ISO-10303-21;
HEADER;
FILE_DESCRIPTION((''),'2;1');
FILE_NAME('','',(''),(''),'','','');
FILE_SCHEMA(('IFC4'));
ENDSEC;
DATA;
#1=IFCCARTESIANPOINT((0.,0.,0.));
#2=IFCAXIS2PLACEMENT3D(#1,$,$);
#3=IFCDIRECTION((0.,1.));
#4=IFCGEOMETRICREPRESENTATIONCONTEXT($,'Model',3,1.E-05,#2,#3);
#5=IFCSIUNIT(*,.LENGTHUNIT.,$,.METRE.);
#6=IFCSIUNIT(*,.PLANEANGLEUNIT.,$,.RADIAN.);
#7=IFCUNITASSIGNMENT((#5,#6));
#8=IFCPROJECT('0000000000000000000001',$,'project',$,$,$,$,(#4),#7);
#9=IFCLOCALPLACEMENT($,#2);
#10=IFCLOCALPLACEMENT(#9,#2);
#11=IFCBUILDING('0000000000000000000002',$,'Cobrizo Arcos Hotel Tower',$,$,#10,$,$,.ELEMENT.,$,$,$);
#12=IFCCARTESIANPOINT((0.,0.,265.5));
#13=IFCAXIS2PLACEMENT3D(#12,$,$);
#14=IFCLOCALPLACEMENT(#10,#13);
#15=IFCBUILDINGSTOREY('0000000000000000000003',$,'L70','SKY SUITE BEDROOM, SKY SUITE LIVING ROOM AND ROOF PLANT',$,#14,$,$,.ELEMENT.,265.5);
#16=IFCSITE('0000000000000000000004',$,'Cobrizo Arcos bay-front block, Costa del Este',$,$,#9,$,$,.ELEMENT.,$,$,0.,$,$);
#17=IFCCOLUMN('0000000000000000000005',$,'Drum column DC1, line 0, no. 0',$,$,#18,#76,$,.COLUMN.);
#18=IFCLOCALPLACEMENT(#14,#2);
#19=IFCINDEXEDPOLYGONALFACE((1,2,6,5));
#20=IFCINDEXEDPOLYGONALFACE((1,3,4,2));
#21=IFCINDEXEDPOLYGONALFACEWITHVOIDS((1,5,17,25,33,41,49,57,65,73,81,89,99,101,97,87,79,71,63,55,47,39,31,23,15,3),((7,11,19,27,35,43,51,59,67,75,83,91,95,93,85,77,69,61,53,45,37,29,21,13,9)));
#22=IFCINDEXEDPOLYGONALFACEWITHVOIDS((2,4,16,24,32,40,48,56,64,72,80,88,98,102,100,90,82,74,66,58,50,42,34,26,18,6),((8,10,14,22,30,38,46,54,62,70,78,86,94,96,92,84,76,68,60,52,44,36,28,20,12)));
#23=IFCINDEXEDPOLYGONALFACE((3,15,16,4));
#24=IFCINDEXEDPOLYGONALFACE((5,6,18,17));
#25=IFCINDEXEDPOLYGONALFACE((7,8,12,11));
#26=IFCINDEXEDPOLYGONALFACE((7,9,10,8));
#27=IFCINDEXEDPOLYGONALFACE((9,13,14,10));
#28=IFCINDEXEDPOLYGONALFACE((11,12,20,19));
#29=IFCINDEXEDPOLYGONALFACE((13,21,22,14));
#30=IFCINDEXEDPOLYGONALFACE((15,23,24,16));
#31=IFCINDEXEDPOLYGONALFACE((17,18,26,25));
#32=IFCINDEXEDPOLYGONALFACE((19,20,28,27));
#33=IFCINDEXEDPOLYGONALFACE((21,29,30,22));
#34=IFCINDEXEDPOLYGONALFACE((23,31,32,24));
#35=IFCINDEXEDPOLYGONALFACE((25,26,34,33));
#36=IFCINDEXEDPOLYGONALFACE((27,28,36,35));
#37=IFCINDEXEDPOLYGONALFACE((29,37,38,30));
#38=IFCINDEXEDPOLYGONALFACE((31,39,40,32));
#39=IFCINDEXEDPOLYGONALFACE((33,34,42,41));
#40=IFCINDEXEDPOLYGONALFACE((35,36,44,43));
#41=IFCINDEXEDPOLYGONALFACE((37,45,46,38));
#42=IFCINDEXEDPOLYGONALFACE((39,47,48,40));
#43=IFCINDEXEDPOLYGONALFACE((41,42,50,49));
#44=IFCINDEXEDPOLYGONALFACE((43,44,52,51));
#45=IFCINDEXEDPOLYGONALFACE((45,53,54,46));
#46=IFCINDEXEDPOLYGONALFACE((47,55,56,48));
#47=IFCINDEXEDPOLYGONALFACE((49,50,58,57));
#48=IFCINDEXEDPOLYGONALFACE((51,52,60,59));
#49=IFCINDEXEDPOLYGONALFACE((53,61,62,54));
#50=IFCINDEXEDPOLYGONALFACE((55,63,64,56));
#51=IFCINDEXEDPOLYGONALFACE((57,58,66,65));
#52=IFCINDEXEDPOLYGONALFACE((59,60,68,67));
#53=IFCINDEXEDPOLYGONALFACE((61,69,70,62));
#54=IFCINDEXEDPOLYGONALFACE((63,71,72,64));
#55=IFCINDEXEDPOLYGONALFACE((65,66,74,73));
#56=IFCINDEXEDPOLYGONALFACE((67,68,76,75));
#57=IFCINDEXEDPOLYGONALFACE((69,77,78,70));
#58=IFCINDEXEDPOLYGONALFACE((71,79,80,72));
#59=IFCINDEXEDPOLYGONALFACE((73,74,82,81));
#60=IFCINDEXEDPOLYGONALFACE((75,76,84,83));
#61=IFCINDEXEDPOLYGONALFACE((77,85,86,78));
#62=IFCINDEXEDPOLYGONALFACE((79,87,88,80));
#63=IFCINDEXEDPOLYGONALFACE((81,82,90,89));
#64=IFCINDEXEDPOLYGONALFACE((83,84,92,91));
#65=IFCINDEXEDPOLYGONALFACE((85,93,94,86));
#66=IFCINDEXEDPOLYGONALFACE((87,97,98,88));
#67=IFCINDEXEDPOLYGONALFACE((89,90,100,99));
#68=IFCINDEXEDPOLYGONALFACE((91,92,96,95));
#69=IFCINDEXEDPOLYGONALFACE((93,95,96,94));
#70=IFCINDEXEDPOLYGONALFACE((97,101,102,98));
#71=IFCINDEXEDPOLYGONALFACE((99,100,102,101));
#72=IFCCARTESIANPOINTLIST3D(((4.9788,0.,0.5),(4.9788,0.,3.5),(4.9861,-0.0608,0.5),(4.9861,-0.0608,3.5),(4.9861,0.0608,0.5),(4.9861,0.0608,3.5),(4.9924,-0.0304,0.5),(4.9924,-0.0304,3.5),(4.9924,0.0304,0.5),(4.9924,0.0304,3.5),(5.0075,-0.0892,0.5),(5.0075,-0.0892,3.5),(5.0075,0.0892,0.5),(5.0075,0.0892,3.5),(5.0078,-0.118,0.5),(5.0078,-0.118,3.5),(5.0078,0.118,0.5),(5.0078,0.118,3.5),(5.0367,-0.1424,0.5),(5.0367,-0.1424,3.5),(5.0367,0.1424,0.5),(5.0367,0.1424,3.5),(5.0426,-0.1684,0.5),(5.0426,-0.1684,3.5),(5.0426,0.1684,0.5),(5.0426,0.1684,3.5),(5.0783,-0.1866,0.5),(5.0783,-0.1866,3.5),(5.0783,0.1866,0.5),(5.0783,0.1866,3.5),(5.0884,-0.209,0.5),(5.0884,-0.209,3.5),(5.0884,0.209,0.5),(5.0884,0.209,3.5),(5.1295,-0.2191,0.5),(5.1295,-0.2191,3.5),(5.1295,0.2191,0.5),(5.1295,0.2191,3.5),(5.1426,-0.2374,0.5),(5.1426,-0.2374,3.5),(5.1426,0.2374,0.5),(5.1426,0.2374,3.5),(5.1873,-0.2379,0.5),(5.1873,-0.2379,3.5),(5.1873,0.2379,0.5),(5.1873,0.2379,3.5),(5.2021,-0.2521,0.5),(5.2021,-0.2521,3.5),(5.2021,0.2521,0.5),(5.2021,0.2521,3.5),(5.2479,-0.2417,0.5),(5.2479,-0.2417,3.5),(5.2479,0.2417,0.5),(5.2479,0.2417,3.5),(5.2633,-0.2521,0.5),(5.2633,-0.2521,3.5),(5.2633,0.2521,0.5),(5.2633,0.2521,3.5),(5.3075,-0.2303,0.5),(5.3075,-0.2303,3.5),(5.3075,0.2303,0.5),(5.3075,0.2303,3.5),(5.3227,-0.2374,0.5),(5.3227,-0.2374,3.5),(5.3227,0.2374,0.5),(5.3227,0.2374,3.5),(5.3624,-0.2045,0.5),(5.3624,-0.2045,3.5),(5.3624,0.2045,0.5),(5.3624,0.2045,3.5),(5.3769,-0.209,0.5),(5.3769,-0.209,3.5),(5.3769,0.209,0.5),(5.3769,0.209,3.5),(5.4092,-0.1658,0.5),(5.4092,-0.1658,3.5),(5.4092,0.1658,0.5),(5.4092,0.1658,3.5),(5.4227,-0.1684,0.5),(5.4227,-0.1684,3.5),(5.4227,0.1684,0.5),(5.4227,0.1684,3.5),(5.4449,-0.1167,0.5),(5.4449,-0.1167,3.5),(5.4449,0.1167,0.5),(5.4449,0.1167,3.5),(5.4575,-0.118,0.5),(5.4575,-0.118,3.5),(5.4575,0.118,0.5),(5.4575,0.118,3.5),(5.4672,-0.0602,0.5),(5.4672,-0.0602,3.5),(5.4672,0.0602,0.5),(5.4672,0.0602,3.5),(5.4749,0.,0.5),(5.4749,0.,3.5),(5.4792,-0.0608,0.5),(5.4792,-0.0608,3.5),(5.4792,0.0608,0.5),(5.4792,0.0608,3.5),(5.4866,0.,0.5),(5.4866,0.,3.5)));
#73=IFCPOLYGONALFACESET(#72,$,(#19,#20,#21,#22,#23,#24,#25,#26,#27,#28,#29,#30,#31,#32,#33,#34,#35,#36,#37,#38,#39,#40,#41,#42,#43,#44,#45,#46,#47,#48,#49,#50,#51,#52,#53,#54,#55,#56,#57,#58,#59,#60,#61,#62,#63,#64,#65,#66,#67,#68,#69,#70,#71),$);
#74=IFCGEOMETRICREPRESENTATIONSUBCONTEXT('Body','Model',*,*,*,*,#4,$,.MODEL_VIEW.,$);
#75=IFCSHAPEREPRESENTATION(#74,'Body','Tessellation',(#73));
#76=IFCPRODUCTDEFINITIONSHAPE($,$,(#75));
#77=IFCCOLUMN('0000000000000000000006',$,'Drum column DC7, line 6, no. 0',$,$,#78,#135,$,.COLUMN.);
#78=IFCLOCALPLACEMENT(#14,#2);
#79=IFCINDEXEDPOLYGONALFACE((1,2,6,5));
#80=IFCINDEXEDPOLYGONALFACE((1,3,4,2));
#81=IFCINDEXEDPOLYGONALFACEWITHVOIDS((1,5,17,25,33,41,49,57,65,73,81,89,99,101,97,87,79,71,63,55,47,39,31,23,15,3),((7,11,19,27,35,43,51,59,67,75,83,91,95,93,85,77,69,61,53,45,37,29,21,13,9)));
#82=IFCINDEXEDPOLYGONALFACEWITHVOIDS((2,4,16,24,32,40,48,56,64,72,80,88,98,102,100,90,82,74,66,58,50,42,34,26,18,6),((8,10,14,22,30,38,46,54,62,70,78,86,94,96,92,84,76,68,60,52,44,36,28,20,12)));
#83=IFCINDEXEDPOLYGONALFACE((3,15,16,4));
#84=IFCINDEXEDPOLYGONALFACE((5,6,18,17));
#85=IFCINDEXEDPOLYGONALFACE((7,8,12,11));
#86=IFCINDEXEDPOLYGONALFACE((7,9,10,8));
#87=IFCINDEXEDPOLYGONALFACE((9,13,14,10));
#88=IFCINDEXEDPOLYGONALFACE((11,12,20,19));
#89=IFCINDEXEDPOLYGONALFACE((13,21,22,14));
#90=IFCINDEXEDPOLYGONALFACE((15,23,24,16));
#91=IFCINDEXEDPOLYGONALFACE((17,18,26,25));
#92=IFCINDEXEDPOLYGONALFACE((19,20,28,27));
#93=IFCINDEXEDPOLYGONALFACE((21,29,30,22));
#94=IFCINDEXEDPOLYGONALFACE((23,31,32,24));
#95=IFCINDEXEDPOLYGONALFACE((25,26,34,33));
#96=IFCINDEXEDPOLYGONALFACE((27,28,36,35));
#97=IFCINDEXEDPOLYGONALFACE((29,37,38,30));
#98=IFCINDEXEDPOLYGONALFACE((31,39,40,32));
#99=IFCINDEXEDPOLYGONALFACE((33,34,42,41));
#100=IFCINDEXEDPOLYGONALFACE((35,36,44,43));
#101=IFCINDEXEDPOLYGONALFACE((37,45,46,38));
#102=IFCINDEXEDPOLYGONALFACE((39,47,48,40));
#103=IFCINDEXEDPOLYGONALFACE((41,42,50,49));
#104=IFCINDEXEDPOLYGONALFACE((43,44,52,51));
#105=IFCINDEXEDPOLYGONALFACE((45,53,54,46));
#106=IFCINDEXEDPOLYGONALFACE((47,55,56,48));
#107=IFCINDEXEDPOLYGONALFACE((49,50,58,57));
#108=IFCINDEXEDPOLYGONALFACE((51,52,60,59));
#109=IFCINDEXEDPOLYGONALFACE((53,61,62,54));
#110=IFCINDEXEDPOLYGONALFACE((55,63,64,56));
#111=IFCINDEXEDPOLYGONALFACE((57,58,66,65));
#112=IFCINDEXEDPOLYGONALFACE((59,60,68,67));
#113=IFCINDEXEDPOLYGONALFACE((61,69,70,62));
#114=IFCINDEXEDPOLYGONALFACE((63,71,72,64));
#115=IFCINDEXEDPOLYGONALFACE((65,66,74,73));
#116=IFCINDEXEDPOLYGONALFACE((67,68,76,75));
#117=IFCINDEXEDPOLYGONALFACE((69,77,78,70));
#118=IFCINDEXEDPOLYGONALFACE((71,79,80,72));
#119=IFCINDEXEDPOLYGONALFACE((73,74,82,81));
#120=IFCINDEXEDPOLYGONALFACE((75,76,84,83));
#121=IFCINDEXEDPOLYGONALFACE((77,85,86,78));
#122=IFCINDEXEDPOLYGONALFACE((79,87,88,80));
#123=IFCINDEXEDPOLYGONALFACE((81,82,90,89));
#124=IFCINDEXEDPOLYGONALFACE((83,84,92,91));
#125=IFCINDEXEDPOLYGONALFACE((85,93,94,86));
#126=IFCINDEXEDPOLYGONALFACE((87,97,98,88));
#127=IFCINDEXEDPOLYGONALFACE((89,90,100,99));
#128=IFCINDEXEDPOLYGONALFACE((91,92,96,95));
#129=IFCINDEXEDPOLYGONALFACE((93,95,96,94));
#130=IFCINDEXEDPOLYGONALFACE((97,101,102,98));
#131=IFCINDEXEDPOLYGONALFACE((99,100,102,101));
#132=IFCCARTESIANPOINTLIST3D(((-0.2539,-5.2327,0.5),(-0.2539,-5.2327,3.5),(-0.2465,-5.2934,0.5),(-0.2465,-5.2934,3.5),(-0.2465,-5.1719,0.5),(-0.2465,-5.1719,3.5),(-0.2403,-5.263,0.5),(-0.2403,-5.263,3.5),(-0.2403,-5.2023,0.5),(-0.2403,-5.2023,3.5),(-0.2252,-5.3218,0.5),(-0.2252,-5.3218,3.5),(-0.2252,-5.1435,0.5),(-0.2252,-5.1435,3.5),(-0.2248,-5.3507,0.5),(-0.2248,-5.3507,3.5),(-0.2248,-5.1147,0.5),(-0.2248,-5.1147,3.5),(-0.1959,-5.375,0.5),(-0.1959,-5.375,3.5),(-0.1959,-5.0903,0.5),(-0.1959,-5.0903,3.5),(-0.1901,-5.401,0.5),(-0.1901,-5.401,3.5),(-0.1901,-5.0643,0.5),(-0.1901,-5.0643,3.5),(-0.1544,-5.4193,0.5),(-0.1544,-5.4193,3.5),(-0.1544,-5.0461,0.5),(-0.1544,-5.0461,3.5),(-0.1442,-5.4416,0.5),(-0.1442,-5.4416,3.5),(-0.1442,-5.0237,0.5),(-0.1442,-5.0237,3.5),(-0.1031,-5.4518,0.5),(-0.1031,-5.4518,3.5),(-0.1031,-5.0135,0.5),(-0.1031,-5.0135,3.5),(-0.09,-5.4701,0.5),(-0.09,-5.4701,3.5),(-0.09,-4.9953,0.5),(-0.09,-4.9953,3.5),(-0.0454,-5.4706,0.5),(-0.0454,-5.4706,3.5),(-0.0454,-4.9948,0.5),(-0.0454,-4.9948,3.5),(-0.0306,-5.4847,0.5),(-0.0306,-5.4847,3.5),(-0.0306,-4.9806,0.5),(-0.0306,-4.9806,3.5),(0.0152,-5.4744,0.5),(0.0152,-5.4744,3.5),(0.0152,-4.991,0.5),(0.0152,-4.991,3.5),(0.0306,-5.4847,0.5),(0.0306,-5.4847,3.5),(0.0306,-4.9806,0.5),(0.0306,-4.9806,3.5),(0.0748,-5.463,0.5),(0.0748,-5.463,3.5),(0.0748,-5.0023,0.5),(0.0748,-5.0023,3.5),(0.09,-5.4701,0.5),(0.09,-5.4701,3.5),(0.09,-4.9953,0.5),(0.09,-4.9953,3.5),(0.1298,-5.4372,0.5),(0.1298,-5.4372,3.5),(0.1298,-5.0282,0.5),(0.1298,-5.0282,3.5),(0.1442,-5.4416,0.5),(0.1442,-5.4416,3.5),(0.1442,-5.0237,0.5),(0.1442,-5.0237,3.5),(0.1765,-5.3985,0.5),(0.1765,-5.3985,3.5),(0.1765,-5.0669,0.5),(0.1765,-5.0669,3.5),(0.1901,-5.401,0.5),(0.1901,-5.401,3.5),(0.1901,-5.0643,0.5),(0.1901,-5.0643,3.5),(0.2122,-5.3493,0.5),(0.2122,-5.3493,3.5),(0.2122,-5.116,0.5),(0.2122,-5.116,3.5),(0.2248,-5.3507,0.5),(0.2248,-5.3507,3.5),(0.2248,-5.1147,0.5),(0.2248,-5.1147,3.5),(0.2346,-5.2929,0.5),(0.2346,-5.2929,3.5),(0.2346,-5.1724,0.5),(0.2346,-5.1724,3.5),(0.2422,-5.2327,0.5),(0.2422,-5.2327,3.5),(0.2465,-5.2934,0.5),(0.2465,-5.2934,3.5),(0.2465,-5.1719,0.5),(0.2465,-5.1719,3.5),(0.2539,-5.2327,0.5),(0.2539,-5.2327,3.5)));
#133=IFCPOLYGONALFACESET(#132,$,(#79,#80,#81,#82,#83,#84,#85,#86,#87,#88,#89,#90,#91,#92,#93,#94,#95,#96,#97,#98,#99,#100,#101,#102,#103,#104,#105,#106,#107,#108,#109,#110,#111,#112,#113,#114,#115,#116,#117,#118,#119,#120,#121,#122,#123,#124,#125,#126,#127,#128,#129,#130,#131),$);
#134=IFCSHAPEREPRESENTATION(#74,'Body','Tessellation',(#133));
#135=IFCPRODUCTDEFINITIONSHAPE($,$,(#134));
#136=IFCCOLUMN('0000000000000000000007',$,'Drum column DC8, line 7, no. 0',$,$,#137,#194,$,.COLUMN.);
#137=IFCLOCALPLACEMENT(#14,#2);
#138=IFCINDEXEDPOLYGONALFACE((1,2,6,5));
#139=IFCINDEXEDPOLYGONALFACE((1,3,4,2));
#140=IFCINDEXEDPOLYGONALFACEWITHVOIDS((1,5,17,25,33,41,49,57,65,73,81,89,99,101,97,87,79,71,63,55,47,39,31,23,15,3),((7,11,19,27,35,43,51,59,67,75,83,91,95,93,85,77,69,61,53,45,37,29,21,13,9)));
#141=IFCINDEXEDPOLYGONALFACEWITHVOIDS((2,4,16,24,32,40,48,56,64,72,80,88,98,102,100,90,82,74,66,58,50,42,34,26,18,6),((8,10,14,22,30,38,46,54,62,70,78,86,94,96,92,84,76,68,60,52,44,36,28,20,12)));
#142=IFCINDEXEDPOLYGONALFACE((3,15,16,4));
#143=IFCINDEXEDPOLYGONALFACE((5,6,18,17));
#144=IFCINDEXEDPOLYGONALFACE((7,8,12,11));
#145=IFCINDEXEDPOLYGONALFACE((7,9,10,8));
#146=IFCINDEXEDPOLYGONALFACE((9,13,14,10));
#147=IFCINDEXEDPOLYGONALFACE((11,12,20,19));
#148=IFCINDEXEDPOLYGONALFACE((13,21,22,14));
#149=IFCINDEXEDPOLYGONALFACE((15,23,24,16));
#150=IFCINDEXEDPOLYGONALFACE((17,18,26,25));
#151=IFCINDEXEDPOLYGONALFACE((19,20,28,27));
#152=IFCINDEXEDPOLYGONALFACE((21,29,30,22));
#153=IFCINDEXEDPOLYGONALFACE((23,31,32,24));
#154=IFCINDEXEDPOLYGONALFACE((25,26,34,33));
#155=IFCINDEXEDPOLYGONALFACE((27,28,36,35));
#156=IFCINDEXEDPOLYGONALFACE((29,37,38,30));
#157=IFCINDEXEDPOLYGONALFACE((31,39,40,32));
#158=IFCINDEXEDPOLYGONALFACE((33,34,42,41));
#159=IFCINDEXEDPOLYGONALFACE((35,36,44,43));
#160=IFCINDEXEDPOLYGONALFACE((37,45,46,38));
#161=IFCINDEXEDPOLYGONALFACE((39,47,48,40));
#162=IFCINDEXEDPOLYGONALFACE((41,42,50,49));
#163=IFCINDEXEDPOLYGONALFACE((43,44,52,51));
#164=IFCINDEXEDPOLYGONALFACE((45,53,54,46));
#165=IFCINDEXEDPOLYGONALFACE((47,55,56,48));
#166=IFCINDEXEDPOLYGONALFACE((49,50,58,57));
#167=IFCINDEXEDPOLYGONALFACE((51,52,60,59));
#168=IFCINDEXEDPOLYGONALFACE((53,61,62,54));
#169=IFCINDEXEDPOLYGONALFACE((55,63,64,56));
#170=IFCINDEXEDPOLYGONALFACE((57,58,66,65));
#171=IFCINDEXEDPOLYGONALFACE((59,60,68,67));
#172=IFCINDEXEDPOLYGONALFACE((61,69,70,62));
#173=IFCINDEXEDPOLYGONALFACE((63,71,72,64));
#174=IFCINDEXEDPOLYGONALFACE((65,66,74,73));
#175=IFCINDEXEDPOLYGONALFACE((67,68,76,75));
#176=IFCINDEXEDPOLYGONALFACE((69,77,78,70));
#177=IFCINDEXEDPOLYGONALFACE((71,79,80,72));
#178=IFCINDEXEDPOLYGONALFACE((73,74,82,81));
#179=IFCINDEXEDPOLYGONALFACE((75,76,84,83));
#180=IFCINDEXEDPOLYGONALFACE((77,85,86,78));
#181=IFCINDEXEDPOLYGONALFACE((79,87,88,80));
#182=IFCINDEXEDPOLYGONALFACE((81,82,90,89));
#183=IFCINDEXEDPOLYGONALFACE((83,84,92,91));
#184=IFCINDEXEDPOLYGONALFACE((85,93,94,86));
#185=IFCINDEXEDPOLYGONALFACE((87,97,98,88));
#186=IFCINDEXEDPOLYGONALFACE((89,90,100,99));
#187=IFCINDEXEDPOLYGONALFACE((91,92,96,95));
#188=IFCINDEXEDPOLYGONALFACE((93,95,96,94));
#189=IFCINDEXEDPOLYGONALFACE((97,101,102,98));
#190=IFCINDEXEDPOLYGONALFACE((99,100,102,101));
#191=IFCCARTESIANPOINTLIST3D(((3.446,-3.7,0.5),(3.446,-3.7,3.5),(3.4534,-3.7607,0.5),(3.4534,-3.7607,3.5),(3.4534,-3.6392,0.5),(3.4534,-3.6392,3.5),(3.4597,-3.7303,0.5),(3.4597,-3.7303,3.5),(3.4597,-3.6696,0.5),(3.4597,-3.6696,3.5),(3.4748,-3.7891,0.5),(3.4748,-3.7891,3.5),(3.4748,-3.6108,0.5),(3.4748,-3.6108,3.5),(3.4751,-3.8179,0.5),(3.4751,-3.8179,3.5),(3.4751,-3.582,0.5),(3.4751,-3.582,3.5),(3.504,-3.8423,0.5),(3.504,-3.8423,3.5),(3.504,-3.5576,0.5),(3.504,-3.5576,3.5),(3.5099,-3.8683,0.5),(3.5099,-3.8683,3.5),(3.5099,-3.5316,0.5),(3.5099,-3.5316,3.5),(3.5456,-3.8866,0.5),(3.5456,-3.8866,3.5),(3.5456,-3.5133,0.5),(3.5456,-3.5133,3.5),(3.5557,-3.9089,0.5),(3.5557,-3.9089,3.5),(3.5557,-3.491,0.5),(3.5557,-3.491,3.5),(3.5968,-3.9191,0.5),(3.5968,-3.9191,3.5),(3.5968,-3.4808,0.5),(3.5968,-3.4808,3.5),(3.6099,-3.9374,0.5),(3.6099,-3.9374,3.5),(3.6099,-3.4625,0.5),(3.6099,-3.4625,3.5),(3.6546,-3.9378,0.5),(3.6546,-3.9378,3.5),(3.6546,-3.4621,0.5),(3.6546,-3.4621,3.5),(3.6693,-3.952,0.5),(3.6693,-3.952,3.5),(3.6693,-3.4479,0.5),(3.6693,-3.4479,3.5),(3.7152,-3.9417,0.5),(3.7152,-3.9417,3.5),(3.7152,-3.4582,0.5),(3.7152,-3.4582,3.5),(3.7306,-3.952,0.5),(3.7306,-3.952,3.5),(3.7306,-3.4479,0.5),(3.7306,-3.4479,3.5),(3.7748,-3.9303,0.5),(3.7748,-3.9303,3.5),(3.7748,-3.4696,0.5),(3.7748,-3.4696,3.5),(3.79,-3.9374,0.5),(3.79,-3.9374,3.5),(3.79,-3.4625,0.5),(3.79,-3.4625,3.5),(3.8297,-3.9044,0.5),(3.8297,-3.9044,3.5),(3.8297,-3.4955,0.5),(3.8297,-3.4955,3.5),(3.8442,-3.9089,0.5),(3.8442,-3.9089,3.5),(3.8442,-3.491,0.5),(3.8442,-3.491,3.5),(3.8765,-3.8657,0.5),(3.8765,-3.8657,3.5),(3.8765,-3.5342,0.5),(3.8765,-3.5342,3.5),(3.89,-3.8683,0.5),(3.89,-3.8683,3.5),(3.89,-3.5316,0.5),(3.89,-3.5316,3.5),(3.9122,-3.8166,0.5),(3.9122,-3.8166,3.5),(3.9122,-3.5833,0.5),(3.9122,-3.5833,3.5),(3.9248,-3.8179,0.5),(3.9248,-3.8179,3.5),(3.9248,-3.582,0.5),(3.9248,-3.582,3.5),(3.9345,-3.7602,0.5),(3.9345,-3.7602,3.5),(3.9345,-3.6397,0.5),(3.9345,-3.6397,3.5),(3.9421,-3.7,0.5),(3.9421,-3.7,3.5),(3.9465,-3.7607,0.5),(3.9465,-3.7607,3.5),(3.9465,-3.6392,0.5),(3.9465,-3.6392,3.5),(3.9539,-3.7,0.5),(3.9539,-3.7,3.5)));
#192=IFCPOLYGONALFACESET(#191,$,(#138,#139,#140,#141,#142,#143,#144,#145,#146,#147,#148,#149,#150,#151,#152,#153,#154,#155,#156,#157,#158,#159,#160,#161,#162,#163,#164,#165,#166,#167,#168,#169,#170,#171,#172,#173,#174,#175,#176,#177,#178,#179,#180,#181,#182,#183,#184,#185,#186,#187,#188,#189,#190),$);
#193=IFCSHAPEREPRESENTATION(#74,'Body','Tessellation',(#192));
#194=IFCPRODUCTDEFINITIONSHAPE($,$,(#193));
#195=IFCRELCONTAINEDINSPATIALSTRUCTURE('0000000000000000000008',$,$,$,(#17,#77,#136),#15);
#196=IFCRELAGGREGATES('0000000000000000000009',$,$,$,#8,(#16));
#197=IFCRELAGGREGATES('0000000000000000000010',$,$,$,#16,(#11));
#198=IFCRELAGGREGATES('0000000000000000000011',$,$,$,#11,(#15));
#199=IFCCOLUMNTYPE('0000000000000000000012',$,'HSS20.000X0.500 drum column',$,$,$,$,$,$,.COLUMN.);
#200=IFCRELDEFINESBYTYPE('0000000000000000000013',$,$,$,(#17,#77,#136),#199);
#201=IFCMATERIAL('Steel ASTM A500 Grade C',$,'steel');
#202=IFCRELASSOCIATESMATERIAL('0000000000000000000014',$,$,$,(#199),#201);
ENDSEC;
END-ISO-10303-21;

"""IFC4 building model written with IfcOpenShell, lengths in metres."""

from ifc_helpers import new_model, si_unit, direction, frame, origin, origin_2d, place, context, subcontext, project, spatial, hollow_circle, extrude, material, material_profile, profile_set, type_object, element, save


model = new_model("IFC4")

# Units and contexts
model_context = context("Model", 3, precision=1e-05, world=origin(), true_north=direction((0.0, 1.0)))
body_context = subcontext(model_context, "Body", "Model", "MODEL_VIEW")
ifc_project = project(units=[si_unit("LENGTHUNIT", "METRE"), si_unit("PLANEANGLEUNIT", "RADIAN")], contexts=[model_context])

# Site, building, storey
site_placement = place(None, origin())
site = spatial("IfcSite", under=ifc_project, at=site_placement, Name="Cobrizo Arcos bay-front block, Costa del Este", CompositionType="ELEMENT", RefElevation=0.0)
building_placement = place(site_placement, origin())
building = spatial("IfcBuilding", under=site, at=building_placement, Name="Cobrizo Arcos Hotel Tower", CompositionType="ELEMENT")
storey_placement = place(building_placement, frame((0.0, 0.0, 265.5)))
storey = spatial("IfcBuildingStorey", under=building, at=storey_placement, Name="L70", Description="SKY SUITE BEDROOM, SKY SUITE LIVING ROOM AND ROOF PLANT", CompositionType="ELEMENT", Elevation=265.5)

# Columns
ifc_material_1 = material(Name="Steel ASTM A500 Grade C", Category="steel")
ifc_material_profile_1 = material_profile(ifc_material_1, hollow_circle(Radius=0.2539, WallThickness=0.0117, at=origin_2d()), Name="HSS20.000X0.500")
ifc_profile_set_1 = profile_set([ifc_material_profile_1], Name="Steel ASTM A500 Grade C")
column_type_1 = type_object("IfcColumnType", Name="HSS20.000X0.500 drum column", PredefinedType="COLUMN", material=ifc_profile_set_1)
for number, where, z_axis, x_axis, name in (
    (1, (5.2327, 0.0, 0.5), (0.0, 0.0, 1.0), (1.0, 0.0, 0.0), "Drum column DC1, line 0, no. 0"),
    (2, (0.0, -5.2327, 0.5), (0.0, 0.0, 1.0), (1.0, 0.0, 0.0), "Drum column DC7, line 6, no. 0"),
    (3, (3.7, -3.7, 0.5), (0.0, 0.0, 1.0), (1.0, 0.0, 0.0), "Drum column DC8, line 7, no. 0"),
):
    element("IfcColumn", number, at=place(storey_placement, frame(where, z_axis=z_axis, x_axis=x_axis)), inside=storey, type_object=column_type_1, Name=name, PredefinedType="COLUMN", context=body_context, shape_type="SweptSolid", body=[
        extrude(hollow_circle(Radius=0.2539, WallThickness=0.0117, at=origin_2d()), origin(), (0.0, 0.0, 1.0), 3.0),
    ])

save(model, "model.ifc")
